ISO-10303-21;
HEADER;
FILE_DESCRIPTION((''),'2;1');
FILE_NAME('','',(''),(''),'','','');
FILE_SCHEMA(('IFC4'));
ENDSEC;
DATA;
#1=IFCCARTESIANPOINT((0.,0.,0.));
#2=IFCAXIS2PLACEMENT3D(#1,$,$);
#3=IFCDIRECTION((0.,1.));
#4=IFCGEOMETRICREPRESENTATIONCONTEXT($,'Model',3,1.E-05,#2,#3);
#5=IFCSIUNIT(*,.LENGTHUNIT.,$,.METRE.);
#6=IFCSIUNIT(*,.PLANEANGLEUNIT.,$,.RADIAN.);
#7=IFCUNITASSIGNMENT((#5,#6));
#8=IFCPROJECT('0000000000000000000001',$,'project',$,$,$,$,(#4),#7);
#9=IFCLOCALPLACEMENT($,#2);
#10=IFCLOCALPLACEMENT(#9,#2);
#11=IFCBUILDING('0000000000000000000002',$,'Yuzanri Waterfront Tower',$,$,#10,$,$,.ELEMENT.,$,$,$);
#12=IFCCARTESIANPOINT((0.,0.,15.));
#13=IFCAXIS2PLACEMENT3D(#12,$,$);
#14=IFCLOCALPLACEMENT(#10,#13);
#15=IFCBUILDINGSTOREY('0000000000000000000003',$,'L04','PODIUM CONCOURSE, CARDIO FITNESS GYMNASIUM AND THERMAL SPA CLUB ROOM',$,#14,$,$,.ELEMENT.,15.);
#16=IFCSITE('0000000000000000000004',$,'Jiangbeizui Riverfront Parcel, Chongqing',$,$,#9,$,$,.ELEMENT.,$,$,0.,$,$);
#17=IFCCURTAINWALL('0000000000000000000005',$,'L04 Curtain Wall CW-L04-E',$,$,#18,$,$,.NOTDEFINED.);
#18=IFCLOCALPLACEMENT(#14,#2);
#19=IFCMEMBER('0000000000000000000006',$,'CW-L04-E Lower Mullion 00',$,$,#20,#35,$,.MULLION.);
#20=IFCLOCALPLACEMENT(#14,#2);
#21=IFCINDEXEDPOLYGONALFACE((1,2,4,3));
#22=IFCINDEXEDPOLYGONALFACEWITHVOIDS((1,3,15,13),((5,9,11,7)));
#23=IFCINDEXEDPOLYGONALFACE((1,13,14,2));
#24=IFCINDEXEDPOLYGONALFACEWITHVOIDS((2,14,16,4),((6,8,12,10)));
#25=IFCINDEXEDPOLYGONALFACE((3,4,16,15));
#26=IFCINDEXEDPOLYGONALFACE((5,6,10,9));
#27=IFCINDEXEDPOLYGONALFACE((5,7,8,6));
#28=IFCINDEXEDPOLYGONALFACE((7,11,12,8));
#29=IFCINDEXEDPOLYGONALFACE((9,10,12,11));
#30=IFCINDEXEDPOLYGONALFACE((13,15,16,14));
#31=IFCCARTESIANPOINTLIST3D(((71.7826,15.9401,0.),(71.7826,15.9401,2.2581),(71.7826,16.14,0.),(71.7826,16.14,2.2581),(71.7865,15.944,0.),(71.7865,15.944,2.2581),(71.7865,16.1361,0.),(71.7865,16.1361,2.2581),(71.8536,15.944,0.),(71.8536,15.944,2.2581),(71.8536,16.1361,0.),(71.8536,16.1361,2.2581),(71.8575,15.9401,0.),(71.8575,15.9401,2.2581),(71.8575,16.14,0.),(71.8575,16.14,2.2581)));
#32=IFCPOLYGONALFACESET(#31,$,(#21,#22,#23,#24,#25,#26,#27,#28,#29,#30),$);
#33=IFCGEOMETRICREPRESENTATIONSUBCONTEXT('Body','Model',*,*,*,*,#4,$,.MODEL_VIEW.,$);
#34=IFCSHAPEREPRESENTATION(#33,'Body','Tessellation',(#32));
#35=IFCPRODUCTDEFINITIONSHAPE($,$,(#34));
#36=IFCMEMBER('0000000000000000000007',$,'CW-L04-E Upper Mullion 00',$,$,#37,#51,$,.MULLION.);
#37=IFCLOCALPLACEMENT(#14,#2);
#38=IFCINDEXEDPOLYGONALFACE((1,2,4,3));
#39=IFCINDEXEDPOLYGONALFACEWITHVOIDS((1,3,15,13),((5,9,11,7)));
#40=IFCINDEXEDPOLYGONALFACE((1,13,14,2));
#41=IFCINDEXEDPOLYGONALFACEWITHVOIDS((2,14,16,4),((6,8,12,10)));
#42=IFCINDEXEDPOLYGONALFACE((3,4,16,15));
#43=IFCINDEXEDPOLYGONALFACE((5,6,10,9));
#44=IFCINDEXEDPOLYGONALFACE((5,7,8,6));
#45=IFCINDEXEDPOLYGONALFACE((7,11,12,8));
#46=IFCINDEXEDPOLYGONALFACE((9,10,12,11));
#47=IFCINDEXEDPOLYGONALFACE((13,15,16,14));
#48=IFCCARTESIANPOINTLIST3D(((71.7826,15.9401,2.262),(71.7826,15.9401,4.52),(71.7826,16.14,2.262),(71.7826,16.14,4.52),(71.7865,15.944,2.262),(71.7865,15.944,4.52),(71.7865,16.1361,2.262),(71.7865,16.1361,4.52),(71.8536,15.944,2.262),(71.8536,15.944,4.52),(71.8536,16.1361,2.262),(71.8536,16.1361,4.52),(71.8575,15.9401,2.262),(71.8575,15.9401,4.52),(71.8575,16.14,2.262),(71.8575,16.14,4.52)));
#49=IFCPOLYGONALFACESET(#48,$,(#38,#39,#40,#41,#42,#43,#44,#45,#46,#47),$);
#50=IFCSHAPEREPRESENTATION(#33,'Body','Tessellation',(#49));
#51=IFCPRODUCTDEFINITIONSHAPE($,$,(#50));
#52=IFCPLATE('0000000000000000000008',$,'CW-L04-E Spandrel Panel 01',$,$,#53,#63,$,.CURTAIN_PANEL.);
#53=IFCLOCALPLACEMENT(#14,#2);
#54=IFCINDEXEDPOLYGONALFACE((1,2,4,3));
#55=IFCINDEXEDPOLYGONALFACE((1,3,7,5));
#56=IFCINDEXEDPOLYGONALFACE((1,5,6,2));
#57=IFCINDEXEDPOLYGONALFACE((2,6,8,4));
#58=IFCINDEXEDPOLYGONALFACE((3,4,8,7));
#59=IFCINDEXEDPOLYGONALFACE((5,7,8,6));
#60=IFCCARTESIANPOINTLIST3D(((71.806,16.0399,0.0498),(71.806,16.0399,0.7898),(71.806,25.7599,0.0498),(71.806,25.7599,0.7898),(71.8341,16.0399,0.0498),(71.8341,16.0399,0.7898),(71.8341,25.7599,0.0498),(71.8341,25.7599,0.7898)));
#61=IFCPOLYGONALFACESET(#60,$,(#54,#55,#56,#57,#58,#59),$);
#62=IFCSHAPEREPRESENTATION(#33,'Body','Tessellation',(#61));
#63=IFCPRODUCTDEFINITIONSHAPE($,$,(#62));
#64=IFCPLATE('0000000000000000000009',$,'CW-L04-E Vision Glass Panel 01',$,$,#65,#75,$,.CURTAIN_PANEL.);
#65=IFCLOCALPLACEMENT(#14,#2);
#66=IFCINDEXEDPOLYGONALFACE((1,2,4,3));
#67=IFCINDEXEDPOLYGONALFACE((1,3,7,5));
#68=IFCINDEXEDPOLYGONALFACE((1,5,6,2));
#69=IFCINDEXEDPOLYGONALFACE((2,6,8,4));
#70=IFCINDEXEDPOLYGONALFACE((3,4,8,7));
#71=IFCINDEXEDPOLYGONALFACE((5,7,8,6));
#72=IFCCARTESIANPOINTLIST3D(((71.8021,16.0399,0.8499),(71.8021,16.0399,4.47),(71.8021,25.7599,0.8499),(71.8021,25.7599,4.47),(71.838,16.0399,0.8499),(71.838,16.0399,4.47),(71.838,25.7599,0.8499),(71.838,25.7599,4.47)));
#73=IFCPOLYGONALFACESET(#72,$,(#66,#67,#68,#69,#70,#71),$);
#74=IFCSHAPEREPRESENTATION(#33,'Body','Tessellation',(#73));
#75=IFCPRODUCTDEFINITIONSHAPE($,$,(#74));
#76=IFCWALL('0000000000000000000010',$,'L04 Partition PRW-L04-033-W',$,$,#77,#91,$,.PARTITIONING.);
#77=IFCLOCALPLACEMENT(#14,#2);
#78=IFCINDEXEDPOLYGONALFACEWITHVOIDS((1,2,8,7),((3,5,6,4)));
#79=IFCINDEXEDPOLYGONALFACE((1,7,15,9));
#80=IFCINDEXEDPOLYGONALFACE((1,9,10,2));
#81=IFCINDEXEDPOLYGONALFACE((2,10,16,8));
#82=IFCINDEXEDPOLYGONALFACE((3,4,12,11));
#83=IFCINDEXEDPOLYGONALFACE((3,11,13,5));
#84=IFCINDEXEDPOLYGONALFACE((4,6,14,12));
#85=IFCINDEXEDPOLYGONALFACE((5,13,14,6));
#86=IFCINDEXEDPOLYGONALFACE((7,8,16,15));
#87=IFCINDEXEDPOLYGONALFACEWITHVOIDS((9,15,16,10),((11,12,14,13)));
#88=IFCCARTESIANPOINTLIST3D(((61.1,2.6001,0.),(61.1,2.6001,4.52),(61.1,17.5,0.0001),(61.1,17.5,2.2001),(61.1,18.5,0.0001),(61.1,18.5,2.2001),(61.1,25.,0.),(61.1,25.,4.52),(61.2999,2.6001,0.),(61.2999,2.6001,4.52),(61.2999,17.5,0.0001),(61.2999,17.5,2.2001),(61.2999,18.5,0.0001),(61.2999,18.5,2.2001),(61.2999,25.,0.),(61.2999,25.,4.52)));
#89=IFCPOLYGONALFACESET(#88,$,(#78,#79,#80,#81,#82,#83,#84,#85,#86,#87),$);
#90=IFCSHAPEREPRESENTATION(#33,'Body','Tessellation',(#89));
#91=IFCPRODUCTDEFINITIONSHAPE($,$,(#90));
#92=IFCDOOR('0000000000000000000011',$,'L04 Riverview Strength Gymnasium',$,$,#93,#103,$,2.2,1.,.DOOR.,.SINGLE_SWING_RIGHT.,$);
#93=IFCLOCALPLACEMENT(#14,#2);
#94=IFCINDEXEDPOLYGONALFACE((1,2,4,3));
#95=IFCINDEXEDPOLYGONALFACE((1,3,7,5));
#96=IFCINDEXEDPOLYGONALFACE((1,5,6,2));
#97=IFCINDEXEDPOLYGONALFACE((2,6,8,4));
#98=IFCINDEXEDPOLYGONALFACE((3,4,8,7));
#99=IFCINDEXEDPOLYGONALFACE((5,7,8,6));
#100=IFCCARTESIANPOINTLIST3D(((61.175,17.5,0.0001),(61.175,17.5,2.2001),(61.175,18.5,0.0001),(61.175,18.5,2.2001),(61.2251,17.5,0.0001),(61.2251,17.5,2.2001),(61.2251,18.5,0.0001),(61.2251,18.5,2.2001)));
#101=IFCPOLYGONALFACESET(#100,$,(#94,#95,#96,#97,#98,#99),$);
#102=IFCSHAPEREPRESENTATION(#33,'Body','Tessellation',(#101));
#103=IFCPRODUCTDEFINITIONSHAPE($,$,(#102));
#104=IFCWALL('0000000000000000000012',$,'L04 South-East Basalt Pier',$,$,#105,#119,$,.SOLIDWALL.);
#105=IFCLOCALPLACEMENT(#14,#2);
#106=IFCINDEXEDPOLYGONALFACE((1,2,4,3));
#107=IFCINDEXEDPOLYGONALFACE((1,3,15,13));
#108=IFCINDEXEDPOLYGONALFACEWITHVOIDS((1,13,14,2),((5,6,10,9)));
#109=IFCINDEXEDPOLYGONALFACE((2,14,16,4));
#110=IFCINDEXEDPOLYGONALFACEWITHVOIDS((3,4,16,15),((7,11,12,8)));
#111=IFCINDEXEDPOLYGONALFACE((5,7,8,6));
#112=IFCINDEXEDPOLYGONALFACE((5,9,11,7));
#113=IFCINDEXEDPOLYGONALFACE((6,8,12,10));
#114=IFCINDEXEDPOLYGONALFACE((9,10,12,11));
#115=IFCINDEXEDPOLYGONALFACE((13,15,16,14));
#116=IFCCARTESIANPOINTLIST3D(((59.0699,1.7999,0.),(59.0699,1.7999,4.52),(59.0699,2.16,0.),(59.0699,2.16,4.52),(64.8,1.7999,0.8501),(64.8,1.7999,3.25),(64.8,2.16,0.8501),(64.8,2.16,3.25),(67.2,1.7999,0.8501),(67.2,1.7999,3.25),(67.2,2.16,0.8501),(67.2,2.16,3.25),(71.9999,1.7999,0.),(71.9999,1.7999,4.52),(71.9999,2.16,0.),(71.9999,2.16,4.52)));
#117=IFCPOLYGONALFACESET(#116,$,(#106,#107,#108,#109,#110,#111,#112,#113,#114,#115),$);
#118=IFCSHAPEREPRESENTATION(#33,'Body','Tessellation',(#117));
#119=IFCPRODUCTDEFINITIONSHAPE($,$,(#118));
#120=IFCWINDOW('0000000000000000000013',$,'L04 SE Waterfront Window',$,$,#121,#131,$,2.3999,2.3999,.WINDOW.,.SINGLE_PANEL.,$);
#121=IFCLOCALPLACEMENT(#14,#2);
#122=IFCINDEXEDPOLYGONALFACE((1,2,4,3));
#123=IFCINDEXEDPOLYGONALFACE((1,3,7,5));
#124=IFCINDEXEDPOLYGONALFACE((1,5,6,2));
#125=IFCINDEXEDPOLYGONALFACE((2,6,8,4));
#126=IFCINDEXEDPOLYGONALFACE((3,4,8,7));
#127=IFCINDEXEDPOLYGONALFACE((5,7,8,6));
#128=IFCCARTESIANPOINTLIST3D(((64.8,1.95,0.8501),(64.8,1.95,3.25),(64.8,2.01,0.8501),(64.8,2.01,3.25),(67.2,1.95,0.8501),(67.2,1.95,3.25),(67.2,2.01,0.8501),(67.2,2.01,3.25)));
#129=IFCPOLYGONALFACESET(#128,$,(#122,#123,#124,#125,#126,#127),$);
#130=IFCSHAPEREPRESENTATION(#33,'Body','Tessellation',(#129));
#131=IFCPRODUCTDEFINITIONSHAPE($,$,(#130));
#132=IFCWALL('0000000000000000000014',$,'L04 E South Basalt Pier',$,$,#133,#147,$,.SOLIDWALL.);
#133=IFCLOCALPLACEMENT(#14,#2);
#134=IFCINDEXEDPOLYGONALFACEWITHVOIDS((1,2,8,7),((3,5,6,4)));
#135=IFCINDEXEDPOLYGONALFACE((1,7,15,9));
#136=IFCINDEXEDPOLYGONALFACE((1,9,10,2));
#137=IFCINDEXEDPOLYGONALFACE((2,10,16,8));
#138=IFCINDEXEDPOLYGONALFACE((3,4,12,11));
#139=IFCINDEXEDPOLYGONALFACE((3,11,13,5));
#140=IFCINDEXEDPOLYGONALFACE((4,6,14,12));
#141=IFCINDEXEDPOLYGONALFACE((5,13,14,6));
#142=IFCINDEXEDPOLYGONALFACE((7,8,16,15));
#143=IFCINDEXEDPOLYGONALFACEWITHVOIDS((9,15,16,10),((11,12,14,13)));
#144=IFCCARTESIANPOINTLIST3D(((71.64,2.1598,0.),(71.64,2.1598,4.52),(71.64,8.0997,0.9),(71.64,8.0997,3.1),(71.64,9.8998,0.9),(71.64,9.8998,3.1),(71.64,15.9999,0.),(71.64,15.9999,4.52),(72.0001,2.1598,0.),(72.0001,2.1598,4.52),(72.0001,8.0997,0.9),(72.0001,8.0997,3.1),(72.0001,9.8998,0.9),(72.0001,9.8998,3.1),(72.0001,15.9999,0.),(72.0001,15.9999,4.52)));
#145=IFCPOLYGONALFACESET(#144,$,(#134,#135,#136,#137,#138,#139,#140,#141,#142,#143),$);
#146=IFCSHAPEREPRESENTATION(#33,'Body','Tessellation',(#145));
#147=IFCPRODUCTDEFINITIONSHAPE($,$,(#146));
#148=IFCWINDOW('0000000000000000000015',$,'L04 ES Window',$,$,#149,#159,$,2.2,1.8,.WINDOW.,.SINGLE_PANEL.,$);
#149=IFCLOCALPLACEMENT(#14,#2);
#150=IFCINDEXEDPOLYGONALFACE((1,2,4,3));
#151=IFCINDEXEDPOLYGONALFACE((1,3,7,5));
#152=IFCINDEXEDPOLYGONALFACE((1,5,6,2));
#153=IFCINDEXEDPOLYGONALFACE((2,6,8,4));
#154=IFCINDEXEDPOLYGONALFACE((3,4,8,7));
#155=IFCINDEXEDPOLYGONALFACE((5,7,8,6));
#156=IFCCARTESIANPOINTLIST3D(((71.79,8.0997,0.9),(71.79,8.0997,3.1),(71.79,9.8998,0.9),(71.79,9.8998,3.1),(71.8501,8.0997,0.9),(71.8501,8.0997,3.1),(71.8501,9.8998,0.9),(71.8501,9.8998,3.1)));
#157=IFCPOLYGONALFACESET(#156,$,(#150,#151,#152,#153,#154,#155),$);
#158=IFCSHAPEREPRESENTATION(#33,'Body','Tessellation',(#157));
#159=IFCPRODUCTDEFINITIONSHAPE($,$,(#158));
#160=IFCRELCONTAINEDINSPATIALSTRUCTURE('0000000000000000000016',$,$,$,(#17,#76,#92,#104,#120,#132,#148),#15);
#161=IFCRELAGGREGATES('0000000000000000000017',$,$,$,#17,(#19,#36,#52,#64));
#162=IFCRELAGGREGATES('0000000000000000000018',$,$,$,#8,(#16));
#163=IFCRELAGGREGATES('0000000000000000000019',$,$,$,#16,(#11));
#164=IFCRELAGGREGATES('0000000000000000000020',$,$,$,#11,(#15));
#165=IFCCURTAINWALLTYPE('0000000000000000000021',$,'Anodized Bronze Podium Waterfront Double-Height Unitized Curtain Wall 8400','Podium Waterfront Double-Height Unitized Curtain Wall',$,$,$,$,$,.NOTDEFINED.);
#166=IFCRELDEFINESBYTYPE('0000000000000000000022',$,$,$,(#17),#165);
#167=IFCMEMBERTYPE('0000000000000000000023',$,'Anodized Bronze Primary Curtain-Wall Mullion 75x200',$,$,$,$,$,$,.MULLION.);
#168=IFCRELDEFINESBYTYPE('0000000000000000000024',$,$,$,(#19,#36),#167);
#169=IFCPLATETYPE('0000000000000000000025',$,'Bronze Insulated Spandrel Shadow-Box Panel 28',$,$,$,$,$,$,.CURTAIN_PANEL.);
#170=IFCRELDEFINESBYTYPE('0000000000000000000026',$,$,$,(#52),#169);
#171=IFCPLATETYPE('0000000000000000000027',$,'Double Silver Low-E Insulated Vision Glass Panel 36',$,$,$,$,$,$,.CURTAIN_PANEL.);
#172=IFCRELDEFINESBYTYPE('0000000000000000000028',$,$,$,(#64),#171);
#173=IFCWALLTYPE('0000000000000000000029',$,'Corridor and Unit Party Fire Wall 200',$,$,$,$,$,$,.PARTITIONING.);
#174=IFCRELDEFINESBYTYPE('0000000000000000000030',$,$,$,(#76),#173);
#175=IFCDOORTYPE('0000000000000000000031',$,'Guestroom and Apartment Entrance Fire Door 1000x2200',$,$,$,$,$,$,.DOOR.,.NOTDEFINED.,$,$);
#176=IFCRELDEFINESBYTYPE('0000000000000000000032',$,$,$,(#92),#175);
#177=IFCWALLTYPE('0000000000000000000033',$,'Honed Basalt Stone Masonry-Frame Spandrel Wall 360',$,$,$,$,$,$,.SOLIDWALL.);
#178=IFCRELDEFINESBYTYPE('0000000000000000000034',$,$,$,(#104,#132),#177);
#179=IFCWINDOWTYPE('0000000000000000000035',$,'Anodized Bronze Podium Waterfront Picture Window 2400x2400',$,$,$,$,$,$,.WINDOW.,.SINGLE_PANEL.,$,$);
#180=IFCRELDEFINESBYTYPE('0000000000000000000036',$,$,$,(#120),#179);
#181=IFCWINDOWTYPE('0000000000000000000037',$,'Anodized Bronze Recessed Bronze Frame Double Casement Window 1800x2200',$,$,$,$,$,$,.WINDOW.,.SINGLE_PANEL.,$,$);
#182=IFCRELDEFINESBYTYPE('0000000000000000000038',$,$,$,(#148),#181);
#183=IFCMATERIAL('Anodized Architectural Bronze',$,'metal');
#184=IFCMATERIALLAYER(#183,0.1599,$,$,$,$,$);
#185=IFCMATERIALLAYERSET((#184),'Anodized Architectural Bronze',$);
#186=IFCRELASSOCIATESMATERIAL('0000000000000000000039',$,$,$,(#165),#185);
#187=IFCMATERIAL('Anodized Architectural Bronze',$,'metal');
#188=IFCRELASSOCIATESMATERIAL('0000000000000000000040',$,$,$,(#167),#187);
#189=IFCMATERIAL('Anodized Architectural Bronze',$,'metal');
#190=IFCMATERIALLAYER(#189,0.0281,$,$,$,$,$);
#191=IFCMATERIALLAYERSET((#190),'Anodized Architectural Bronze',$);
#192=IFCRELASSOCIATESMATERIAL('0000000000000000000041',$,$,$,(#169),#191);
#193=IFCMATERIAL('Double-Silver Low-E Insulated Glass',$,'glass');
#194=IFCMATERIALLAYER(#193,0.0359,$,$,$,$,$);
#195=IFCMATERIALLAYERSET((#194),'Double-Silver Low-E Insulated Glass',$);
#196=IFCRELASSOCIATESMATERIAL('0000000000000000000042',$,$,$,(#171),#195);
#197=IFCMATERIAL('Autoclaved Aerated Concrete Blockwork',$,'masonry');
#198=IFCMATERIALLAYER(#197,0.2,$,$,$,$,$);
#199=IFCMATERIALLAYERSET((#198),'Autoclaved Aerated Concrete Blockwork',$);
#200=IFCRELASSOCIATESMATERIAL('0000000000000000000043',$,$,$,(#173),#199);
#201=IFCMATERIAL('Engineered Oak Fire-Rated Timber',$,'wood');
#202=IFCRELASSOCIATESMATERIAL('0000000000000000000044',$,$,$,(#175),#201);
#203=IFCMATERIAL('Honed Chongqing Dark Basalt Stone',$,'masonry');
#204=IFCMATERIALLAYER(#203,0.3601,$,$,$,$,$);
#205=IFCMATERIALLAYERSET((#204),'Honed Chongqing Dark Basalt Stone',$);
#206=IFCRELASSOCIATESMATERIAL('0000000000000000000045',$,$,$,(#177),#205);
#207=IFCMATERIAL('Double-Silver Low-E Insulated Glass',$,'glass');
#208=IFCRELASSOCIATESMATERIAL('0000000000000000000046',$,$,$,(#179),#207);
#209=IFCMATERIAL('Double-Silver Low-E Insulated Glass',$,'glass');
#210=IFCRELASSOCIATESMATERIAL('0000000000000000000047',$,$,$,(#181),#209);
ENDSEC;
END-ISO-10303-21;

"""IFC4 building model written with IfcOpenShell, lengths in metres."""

from ifc_helpers import new_model, si_unit, direction, frame, frame_2d, origin, origin_2d, place, context, subcontext, project, spatial, rectangle, hollow_rectangle, extrude, source, transform, mapped, material, layer, layer_set, material_profile, profile_set, type_object, element, fill, aggregate, save


model = new_model("IFC4")

# Units and contexts
model_context = context("Model", 3, precision=1e-05, world=origin(), true_north=direction((0.0, 1.0)))
body_context = subcontext(model_context, "Body", "Model", "MODEL_VIEW")
ifc_project = project(units=[si_unit("LENGTHUNIT", "METRE"), si_unit("PLANEANGLEUNIT", "RADIAN")], contexts=[model_context])

# Site, building, storey
site_placement = place(None, origin())
site = spatial("IfcSite", under=ifc_project, at=site_placement, Name="Jiangbeizui Riverfront Parcel, Chongqing", CompositionType="ELEMENT", RefElevation=0.0)
building_placement = place(site_placement, origin())
building = spatial("IfcBuilding", under=site, at=building_placement, Name="Yuzanri Waterfront Tower", CompositionType="ELEMENT")
storey_placement = place(building_placement, frame((0.0, 0.0, 15.0)))
storey = spatial("IfcBuildingStorey", under=building, at=storey_placement, Name="L04", Description="PODIUM CONCOURSE, CARDIO FITNESS GYMNASIUM AND THERMAL SPA CLUB ROOM", CompositionType="ELEMENT", Elevation=15.0)

# Curtain wall, members, plates
ifc_material_1 = material(Name="Anodized Architectural Bronze", Category="metal")
ifc_layer_1 = layer(ifc_material_1, 0.1599)
ifc_layer_set_1 = layer_set([ifc_layer_1], Name="Anodized Architectural Bronze")
curtain_wall_type = type_object("IfcCurtainWallType", Name="Anodized Bronze Podium Waterfront Double-Height Unitized Curtain Wall 8400", Description="Podium Waterfront Double-Height Unitized Curtain Wall", PredefinedType="NOTDEFINED", material=ifc_layer_set_1)
curtain_wall_placement = place(storey_placement, origin())
curtain_wall = element("IfcCurtainWall", 1, at=curtain_wall_placement, inside=storey, type_object=curtain_wall_type, Name="L04 Curtain Wall CW-L04-E", PredefinedType="NOTDEFINED")
ifc_material_2 = material(Name="Anodized Architectural Bronze", Category="metal")
ifc_material_profile_1 = material_profile(ifc_material_2, hollow_rectangle(XDim=0.075, YDim=0.2, WallThickness=0.0039, at=origin_2d()), Name="CWM 75x200")
ifc_profile_set_1 = profile_set([ifc_material_profile_1], Name="Anodized Architectural Bronze")
member_type_1 = type_object("IfcMemberType", Name="Anodized Bronze Primary Curtain-Wall Mullion 75x200", PredefinedType="MULLION", material=ifc_profile_set_1)
shared_shape_1 = source(origin(), body_context, "Body", "SweptSolid", [
    extrude(hollow_rectangle(XDim=0.075, YDim=0.2, WallThickness=0.0039, at=origin_2d()), origin(), (0.0, 0.0, 1.0), 2.2581),
])
member_1_placement = place(storey_placement, frame((71.8201, 16.04, 0.0), z_axis=(0.0, 0.0, 1.0), x_axis=(1.0, 0.0, 0.0)))
member_1 = element("IfcMember", 2, at=member_1_placement, type_object=member_type_1, Name="CW-L04-E Lower Mullion 00", PredefinedType="MULLION", context=body_context, shape_type="MappedRepresentation", body=[
    mapped(shared_shape_1, transform((0.0, 0.0, 0.0), scale=1.0)),
])
member_2_placement = place(storey_placement, frame((71.8201, 16.04, 2.262), z_axis=(0.0, 0.0, 1.0), x_axis=(1.0, 0.0, 0.0)))
member_2 = element("IfcMember", 3, at=member_2_placement, type_object=member_type_1, Name="CW-L04-E Upper Mullion 00", PredefinedType="MULLION", context=body_context, shape_type="MappedRepresentation", body=[
    mapped(shared_shape_1, transform((0.0, 0.0, 0.0), scale=1.0)),
])
ifc_material_3 = material(Name="Anodized Architectural Bronze", Category="metal")
ifc_layer_2 = layer(ifc_material_3, 0.0281)
ifc_layer_set_2 = layer_set([ifc_layer_2], Name="Anodized Architectural Bronze")
plate_type_1 = type_object("IfcPlateType", Name="Bronze Insulated Spandrel Shadow-Box Panel 28", PredefinedType="CURTAIN_PANEL", material=ifc_layer_set_2)
shared_shape_2 = source(origin(), body_context, "Body", "SweptSolid", [
    extrude(rectangle(XDim=9.72, YDim=0.0281, at=origin_2d()), origin(), (0.0, 0.0, 1.0), 0.74),
])
plate_1_placement = place(storey_placement, frame((71.8201, 20.8999, 0.0498), z_axis=(0.0, 0.0, 1.0), x_axis=(0.0, 1.0, 0.0)))
plate_1 = element("IfcPlate", 4, at=plate_1_placement, type_object=plate_type_1, Name="CW-L04-E Spandrel Panel 01", PredefinedType="CURTAIN_PANEL", context=body_context, shape_type="MappedRepresentation", body=[
    mapped(shared_shape_2, transform((0.0, 0.0, 0.0), scale=1.0)),
])
ifc_material_4 = material(Name="Double-Silver Low-E Insulated Glass", Category="glass")
ifc_layer_3 = layer(ifc_material_4, 0.0359)
ifc_layer_set_3 = layer_set([ifc_layer_3], Name="Double-Silver Low-E Insulated Glass")
plate_type_2 = type_object("IfcPlateType", Name="Double Silver Low-E Insulated Vision Glass Panel 36", PredefinedType="CURTAIN_PANEL", material=ifc_layer_set_3)
shared_shape_3 = source(origin(), body_context, "Body", "SweptSolid", [
    extrude(rectangle(XDim=9.72, YDim=0.0359, at=origin_2d()), origin(), (0.0, 0.0, 1.0), 3.6201),
])
plate_2_placement = place(storey_placement, frame((71.8201, 20.8999, 0.8499), z_axis=(0.0, 0.0, 1.0), x_axis=(0.0, 1.0, 0.0)))
plate_2 = element("IfcPlate", 5, at=plate_2_placement, type_object=plate_type_2, Name="CW-L04-E Vision Glass Panel 01", PredefinedType="CURTAIN_PANEL", context=body_context, shape_type="MappedRepresentation", body=[
    mapped(shared_shape_3, transform((0.0, 0.0, 0.0), scale=1.0)),
])
aggregate(curtain_wall, [member_1, member_2, plate_1, plate_2])

# Wall, opening, door
ifc_material_5 = material(Name="Autoclaved Aerated Concrete Blockwork", Category="masonry")
ifc_layer_4 = layer(ifc_material_5, 0.2)
ifc_layer_set_4 = layer_set([ifc_layer_4], Name="Autoclaved Aerated Concrete Blockwork")
wall_type_1 = type_object("IfcWallType", Name="Corridor and Unit Party Fire Wall 200", PredefinedType="PARTITIONING", material=ifc_layer_set_4)
wall_1_placement = place(storey_placement, frame((61.2, 2.6001, 0.0), z_axis=(0.0, 0.0, 1.0), x_axis=(0.0, 1.0, 0.0)))
wall_1 = element("IfcWall", 6, at=wall_1_placement, inside=storey, type_object=wall_type_1, Name="L04 Partition PRW-L04-033-W", PredefinedType="PARTITIONING", context=body_context, shape_type="SweptSolid", body=[
    extrude(rectangle(XDim=22.3999, YDim=0.2, at=frame_2d((11.2, 0.0))), origin(), (0.0, 0.0, 1.0), 4.52),
])
opening_1_placement = place(wall_1_placement, frame((14.8999, 0.0, 0.0)))
opening_1 = element("IfcOpeningElement", 7, at=opening_1_placement, cuts=wall_1, PredefinedType="OPENING", context=body_context, shape_type="SweptSolid", body=[
    extrude(rectangle(XDim=1.0, YDim=2.2, at=frame_2d((0.5, 1.1001))), frame((0.0, 0.1147, 0.0), z_axis=(0.0, -1.0, 0.0), x_axis=(1.0, 0.0, 0.0)), (0.0, 0.0, 1.0), 0.2297),
])
ifc_material_6 = material(Name="Engineered Oak Fire-Rated Timber", Category="wood")
door_type = type_object("IfcDoorType", Name="Guestroom and Apartment Entrance Fire Door 1000x2200", OperationType="NOTDEFINED", PredefinedType="DOOR", material=ifc_material_6)
shared_shape_4 = source(origin(), body_context, "Body", "SweptSolid", [
    extrude(rectangle(XDim=1.0, YDim=2.2, at=frame_2d((0.5, 1.1001))), frame((0.0, 0.0249, 0.0), z_axis=(0.0, -1.0, 0.0), x_axis=(1.0, 0.0, 0.0)), (0.0, 0.0, 1.0), 0.05),
])
door_placement = place(opening_1_placement, origin())
door = element("IfcDoor", 8, at=door_placement, inside=storey, type_object=door_type, Name="L04 Riverview Strength Gymnasium", OperationType="SINGLE_SWING_RIGHT", OverallHeight=2.2, OverallWidth=1.0, PredefinedType="DOOR", context=body_context, shape_type="MappedRepresentation", body=[
    mapped(shared_shape_4, transform((0.0, 0.0, 0.0), scale=1.0)),
])
fill(opening_1, door)

# Walls, openings, windows
ifc_material_7 = material(Name="Honed Chongqing Dark Basalt Stone", Category="masonry")
ifc_layer_5 = layer(ifc_material_7, 0.3601)
ifc_layer_set_5 = layer_set([ifc_layer_5], Name="Honed Chongqing Dark Basalt Stone")
wall_type_2 = type_object("IfcWallType", Name="Honed Basalt Stone Masonry-Frame Spandrel Wall 360", PredefinedType="SOLIDWALL", material=ifc_layer_set_5)
wall_2_placement = place(storey_placement, frame((59.0701, 1.98, 0.0), z_axis=(0.0, 0.0, 1.0), x_axis=(1.0, 0.0, 0.0)))
wall_2 = element("IfcWall", 9, at=wall_2_placement, inside=storey, type_object=wall_type_2, Name="L04 South-East Basalt Pier", PredefinedType="SOLIDWALL", context=body_context, shape_type="SweptSolid", body=[
    extrude(rectangle(XDim=12.9299, YDim=0.3601, at=frame_2d((6.4648, 0.0))), origin(), (0.0, 0.0, 1.0), 4.52),
])
opening_2_placement = place(wall_2_placement, frame((5.73, 0.0, 0.8501)))
opening_2 = element("IfcOpeningElement", 10, at=opening_2_placement, cuts=wall_2, PredefinedType="OPENING", context=body_context, shape_type="SweptSolid", body=[
    extrude(rectangle(XDim=2.3999, YDim=2.3999, at=frame_2d((1.2, 1.2))), frame((0.0, 0.1948, 0.0), z_axis=(0.0, -1.0, 0.0), x_axis=(1.0, 0.0, 0.0)), (0.0, 0.0, 1.0), 0.3899),
])
ifc_material_8 = material(Name="Double-Silver Low-E Insulated Glass", Category="glass")
window_type_1 = type_object("IfcWindowType", Name="Anodized Bronze Podium Waterfront Picture Window 2400x2400", PartitioningType="SINGLE_PANEL", PredefinedType="WINDOW", material=ifc_material_8)
shared_shape_5 = source(origin(), body_context, "Body", "SweptSolid", [
    extrude(rectangle(XDim=2.3999, YDim=2.3999, at=frame_2d((1.2, 1.2))), frame((0.0, 0.03, 0.0), z_axis=(0.0, -1.0, 0.0), x_axis=(1.0, 0.0, 0.0)), (0.0, 0.0, 1.0), 0.0601),
])
window_1_placement = place(opening_2_placement, origin())
window_1 = element("IfcWindow", 11, at=window_1_placement, inside=storey, type_object=window_type_1, Name="L04 SE Waterfront Window", OverallHeight=2.3999, OverallWidth=2.3999, PartitioningType="SINGLE_PANEL", PredefinedType="WINDOW", context=body_context, shape_type="MappedRepresentation", body=[
    mapped(shared_shape_5, transform((0.0, 0.0, 0.0), scale=1.0)),
])
fill(opening_2, window_1)
wall_3_placement = place(storey_placement, frame((71.8201, 2.1599, 0.0), z_axis=(0.0, 0.0, 1.0), x_axis=(0.0, 1.0, 0.0)))
wall_3 = element("IfcWall", 12, at=wall_3_placement, inside=storey, type_object=wall_type_2, Name="L04 E South Basalt Pier", PredefinedType="SOLIDWALL", context=body_context, shape_type="SweptSolid", body=[
    extrude(rectangle(XDim=13.8401, YDim=0.3601, at=frame_2d((6.9199, 0.0))), origin(), (0.0, 0.0, 1.0), 4.52),
])
opening_3_placement = place(wall_3_placement, frame((5.9399, 0.0, 0.8999)))
opening_3 = element("IfcOpeningElement", 13, at=opening_3_placement, cuts=wall_3, PredefinedType="OPENING", context=body_context, shape_type="SweptSolid", body=[
    extrude(rectangle(XDim=1.8, YDim=2.2, at=frame_2d((0.8999, 1.1001))), frame((0.0, 0.1948, 0.0), z_axis=(0.0, -1.0, 0.0), x_axis=(1.0, 0.0, 0.0)), (0.0, 0.0, 1.0), 0.3899),
])
ifc_material_9 = material(Name="Double-Silver Low-E Insulated Glass", Category="glass")
window_type_2 = type_object("IfcWindowType", Name="Anodized Bronze Recessed Bronze Frame Double Casement Window 1800x2200", PartitioningType="SINGLE_PANEL", PredefinedType="WINDOW", material=ifc_material_9)
shared_shape_6 = source(origin(), body_context, "Body", "SweptSolid", [
    extrude(rectangle(XDim=1.8, YDim=2.2, at=frame_2d((0.8999, 1.1001))), frame((0.0, 0.03, 0.0), z_axis=(0.0, -1.0, 0.0), x_axis=(1.0, 0.0, 0.0)), (0.0, 0.0, 1.0), 0.0601),
])
window_2_placement = place(opening_3_placement, origin())
window_2 = element("IfcWindow", 14, at=window_2_placement, inside=storey, type_object=window_type_2, Name="L04 ES Window", OverallHeight=2.2, OverallWidth=1.8, PartitioningType="SINGLE_PANEL", PredefinedType="WINDOW", context=body_context, shape_type="MappedRepresentation", body=[
    mapped(shared_shape_6, transform((0.0, 0.0, 0.0), scale=1.0)),
])
fill(opening_3, window_2)

save(model, "model.ifc")
